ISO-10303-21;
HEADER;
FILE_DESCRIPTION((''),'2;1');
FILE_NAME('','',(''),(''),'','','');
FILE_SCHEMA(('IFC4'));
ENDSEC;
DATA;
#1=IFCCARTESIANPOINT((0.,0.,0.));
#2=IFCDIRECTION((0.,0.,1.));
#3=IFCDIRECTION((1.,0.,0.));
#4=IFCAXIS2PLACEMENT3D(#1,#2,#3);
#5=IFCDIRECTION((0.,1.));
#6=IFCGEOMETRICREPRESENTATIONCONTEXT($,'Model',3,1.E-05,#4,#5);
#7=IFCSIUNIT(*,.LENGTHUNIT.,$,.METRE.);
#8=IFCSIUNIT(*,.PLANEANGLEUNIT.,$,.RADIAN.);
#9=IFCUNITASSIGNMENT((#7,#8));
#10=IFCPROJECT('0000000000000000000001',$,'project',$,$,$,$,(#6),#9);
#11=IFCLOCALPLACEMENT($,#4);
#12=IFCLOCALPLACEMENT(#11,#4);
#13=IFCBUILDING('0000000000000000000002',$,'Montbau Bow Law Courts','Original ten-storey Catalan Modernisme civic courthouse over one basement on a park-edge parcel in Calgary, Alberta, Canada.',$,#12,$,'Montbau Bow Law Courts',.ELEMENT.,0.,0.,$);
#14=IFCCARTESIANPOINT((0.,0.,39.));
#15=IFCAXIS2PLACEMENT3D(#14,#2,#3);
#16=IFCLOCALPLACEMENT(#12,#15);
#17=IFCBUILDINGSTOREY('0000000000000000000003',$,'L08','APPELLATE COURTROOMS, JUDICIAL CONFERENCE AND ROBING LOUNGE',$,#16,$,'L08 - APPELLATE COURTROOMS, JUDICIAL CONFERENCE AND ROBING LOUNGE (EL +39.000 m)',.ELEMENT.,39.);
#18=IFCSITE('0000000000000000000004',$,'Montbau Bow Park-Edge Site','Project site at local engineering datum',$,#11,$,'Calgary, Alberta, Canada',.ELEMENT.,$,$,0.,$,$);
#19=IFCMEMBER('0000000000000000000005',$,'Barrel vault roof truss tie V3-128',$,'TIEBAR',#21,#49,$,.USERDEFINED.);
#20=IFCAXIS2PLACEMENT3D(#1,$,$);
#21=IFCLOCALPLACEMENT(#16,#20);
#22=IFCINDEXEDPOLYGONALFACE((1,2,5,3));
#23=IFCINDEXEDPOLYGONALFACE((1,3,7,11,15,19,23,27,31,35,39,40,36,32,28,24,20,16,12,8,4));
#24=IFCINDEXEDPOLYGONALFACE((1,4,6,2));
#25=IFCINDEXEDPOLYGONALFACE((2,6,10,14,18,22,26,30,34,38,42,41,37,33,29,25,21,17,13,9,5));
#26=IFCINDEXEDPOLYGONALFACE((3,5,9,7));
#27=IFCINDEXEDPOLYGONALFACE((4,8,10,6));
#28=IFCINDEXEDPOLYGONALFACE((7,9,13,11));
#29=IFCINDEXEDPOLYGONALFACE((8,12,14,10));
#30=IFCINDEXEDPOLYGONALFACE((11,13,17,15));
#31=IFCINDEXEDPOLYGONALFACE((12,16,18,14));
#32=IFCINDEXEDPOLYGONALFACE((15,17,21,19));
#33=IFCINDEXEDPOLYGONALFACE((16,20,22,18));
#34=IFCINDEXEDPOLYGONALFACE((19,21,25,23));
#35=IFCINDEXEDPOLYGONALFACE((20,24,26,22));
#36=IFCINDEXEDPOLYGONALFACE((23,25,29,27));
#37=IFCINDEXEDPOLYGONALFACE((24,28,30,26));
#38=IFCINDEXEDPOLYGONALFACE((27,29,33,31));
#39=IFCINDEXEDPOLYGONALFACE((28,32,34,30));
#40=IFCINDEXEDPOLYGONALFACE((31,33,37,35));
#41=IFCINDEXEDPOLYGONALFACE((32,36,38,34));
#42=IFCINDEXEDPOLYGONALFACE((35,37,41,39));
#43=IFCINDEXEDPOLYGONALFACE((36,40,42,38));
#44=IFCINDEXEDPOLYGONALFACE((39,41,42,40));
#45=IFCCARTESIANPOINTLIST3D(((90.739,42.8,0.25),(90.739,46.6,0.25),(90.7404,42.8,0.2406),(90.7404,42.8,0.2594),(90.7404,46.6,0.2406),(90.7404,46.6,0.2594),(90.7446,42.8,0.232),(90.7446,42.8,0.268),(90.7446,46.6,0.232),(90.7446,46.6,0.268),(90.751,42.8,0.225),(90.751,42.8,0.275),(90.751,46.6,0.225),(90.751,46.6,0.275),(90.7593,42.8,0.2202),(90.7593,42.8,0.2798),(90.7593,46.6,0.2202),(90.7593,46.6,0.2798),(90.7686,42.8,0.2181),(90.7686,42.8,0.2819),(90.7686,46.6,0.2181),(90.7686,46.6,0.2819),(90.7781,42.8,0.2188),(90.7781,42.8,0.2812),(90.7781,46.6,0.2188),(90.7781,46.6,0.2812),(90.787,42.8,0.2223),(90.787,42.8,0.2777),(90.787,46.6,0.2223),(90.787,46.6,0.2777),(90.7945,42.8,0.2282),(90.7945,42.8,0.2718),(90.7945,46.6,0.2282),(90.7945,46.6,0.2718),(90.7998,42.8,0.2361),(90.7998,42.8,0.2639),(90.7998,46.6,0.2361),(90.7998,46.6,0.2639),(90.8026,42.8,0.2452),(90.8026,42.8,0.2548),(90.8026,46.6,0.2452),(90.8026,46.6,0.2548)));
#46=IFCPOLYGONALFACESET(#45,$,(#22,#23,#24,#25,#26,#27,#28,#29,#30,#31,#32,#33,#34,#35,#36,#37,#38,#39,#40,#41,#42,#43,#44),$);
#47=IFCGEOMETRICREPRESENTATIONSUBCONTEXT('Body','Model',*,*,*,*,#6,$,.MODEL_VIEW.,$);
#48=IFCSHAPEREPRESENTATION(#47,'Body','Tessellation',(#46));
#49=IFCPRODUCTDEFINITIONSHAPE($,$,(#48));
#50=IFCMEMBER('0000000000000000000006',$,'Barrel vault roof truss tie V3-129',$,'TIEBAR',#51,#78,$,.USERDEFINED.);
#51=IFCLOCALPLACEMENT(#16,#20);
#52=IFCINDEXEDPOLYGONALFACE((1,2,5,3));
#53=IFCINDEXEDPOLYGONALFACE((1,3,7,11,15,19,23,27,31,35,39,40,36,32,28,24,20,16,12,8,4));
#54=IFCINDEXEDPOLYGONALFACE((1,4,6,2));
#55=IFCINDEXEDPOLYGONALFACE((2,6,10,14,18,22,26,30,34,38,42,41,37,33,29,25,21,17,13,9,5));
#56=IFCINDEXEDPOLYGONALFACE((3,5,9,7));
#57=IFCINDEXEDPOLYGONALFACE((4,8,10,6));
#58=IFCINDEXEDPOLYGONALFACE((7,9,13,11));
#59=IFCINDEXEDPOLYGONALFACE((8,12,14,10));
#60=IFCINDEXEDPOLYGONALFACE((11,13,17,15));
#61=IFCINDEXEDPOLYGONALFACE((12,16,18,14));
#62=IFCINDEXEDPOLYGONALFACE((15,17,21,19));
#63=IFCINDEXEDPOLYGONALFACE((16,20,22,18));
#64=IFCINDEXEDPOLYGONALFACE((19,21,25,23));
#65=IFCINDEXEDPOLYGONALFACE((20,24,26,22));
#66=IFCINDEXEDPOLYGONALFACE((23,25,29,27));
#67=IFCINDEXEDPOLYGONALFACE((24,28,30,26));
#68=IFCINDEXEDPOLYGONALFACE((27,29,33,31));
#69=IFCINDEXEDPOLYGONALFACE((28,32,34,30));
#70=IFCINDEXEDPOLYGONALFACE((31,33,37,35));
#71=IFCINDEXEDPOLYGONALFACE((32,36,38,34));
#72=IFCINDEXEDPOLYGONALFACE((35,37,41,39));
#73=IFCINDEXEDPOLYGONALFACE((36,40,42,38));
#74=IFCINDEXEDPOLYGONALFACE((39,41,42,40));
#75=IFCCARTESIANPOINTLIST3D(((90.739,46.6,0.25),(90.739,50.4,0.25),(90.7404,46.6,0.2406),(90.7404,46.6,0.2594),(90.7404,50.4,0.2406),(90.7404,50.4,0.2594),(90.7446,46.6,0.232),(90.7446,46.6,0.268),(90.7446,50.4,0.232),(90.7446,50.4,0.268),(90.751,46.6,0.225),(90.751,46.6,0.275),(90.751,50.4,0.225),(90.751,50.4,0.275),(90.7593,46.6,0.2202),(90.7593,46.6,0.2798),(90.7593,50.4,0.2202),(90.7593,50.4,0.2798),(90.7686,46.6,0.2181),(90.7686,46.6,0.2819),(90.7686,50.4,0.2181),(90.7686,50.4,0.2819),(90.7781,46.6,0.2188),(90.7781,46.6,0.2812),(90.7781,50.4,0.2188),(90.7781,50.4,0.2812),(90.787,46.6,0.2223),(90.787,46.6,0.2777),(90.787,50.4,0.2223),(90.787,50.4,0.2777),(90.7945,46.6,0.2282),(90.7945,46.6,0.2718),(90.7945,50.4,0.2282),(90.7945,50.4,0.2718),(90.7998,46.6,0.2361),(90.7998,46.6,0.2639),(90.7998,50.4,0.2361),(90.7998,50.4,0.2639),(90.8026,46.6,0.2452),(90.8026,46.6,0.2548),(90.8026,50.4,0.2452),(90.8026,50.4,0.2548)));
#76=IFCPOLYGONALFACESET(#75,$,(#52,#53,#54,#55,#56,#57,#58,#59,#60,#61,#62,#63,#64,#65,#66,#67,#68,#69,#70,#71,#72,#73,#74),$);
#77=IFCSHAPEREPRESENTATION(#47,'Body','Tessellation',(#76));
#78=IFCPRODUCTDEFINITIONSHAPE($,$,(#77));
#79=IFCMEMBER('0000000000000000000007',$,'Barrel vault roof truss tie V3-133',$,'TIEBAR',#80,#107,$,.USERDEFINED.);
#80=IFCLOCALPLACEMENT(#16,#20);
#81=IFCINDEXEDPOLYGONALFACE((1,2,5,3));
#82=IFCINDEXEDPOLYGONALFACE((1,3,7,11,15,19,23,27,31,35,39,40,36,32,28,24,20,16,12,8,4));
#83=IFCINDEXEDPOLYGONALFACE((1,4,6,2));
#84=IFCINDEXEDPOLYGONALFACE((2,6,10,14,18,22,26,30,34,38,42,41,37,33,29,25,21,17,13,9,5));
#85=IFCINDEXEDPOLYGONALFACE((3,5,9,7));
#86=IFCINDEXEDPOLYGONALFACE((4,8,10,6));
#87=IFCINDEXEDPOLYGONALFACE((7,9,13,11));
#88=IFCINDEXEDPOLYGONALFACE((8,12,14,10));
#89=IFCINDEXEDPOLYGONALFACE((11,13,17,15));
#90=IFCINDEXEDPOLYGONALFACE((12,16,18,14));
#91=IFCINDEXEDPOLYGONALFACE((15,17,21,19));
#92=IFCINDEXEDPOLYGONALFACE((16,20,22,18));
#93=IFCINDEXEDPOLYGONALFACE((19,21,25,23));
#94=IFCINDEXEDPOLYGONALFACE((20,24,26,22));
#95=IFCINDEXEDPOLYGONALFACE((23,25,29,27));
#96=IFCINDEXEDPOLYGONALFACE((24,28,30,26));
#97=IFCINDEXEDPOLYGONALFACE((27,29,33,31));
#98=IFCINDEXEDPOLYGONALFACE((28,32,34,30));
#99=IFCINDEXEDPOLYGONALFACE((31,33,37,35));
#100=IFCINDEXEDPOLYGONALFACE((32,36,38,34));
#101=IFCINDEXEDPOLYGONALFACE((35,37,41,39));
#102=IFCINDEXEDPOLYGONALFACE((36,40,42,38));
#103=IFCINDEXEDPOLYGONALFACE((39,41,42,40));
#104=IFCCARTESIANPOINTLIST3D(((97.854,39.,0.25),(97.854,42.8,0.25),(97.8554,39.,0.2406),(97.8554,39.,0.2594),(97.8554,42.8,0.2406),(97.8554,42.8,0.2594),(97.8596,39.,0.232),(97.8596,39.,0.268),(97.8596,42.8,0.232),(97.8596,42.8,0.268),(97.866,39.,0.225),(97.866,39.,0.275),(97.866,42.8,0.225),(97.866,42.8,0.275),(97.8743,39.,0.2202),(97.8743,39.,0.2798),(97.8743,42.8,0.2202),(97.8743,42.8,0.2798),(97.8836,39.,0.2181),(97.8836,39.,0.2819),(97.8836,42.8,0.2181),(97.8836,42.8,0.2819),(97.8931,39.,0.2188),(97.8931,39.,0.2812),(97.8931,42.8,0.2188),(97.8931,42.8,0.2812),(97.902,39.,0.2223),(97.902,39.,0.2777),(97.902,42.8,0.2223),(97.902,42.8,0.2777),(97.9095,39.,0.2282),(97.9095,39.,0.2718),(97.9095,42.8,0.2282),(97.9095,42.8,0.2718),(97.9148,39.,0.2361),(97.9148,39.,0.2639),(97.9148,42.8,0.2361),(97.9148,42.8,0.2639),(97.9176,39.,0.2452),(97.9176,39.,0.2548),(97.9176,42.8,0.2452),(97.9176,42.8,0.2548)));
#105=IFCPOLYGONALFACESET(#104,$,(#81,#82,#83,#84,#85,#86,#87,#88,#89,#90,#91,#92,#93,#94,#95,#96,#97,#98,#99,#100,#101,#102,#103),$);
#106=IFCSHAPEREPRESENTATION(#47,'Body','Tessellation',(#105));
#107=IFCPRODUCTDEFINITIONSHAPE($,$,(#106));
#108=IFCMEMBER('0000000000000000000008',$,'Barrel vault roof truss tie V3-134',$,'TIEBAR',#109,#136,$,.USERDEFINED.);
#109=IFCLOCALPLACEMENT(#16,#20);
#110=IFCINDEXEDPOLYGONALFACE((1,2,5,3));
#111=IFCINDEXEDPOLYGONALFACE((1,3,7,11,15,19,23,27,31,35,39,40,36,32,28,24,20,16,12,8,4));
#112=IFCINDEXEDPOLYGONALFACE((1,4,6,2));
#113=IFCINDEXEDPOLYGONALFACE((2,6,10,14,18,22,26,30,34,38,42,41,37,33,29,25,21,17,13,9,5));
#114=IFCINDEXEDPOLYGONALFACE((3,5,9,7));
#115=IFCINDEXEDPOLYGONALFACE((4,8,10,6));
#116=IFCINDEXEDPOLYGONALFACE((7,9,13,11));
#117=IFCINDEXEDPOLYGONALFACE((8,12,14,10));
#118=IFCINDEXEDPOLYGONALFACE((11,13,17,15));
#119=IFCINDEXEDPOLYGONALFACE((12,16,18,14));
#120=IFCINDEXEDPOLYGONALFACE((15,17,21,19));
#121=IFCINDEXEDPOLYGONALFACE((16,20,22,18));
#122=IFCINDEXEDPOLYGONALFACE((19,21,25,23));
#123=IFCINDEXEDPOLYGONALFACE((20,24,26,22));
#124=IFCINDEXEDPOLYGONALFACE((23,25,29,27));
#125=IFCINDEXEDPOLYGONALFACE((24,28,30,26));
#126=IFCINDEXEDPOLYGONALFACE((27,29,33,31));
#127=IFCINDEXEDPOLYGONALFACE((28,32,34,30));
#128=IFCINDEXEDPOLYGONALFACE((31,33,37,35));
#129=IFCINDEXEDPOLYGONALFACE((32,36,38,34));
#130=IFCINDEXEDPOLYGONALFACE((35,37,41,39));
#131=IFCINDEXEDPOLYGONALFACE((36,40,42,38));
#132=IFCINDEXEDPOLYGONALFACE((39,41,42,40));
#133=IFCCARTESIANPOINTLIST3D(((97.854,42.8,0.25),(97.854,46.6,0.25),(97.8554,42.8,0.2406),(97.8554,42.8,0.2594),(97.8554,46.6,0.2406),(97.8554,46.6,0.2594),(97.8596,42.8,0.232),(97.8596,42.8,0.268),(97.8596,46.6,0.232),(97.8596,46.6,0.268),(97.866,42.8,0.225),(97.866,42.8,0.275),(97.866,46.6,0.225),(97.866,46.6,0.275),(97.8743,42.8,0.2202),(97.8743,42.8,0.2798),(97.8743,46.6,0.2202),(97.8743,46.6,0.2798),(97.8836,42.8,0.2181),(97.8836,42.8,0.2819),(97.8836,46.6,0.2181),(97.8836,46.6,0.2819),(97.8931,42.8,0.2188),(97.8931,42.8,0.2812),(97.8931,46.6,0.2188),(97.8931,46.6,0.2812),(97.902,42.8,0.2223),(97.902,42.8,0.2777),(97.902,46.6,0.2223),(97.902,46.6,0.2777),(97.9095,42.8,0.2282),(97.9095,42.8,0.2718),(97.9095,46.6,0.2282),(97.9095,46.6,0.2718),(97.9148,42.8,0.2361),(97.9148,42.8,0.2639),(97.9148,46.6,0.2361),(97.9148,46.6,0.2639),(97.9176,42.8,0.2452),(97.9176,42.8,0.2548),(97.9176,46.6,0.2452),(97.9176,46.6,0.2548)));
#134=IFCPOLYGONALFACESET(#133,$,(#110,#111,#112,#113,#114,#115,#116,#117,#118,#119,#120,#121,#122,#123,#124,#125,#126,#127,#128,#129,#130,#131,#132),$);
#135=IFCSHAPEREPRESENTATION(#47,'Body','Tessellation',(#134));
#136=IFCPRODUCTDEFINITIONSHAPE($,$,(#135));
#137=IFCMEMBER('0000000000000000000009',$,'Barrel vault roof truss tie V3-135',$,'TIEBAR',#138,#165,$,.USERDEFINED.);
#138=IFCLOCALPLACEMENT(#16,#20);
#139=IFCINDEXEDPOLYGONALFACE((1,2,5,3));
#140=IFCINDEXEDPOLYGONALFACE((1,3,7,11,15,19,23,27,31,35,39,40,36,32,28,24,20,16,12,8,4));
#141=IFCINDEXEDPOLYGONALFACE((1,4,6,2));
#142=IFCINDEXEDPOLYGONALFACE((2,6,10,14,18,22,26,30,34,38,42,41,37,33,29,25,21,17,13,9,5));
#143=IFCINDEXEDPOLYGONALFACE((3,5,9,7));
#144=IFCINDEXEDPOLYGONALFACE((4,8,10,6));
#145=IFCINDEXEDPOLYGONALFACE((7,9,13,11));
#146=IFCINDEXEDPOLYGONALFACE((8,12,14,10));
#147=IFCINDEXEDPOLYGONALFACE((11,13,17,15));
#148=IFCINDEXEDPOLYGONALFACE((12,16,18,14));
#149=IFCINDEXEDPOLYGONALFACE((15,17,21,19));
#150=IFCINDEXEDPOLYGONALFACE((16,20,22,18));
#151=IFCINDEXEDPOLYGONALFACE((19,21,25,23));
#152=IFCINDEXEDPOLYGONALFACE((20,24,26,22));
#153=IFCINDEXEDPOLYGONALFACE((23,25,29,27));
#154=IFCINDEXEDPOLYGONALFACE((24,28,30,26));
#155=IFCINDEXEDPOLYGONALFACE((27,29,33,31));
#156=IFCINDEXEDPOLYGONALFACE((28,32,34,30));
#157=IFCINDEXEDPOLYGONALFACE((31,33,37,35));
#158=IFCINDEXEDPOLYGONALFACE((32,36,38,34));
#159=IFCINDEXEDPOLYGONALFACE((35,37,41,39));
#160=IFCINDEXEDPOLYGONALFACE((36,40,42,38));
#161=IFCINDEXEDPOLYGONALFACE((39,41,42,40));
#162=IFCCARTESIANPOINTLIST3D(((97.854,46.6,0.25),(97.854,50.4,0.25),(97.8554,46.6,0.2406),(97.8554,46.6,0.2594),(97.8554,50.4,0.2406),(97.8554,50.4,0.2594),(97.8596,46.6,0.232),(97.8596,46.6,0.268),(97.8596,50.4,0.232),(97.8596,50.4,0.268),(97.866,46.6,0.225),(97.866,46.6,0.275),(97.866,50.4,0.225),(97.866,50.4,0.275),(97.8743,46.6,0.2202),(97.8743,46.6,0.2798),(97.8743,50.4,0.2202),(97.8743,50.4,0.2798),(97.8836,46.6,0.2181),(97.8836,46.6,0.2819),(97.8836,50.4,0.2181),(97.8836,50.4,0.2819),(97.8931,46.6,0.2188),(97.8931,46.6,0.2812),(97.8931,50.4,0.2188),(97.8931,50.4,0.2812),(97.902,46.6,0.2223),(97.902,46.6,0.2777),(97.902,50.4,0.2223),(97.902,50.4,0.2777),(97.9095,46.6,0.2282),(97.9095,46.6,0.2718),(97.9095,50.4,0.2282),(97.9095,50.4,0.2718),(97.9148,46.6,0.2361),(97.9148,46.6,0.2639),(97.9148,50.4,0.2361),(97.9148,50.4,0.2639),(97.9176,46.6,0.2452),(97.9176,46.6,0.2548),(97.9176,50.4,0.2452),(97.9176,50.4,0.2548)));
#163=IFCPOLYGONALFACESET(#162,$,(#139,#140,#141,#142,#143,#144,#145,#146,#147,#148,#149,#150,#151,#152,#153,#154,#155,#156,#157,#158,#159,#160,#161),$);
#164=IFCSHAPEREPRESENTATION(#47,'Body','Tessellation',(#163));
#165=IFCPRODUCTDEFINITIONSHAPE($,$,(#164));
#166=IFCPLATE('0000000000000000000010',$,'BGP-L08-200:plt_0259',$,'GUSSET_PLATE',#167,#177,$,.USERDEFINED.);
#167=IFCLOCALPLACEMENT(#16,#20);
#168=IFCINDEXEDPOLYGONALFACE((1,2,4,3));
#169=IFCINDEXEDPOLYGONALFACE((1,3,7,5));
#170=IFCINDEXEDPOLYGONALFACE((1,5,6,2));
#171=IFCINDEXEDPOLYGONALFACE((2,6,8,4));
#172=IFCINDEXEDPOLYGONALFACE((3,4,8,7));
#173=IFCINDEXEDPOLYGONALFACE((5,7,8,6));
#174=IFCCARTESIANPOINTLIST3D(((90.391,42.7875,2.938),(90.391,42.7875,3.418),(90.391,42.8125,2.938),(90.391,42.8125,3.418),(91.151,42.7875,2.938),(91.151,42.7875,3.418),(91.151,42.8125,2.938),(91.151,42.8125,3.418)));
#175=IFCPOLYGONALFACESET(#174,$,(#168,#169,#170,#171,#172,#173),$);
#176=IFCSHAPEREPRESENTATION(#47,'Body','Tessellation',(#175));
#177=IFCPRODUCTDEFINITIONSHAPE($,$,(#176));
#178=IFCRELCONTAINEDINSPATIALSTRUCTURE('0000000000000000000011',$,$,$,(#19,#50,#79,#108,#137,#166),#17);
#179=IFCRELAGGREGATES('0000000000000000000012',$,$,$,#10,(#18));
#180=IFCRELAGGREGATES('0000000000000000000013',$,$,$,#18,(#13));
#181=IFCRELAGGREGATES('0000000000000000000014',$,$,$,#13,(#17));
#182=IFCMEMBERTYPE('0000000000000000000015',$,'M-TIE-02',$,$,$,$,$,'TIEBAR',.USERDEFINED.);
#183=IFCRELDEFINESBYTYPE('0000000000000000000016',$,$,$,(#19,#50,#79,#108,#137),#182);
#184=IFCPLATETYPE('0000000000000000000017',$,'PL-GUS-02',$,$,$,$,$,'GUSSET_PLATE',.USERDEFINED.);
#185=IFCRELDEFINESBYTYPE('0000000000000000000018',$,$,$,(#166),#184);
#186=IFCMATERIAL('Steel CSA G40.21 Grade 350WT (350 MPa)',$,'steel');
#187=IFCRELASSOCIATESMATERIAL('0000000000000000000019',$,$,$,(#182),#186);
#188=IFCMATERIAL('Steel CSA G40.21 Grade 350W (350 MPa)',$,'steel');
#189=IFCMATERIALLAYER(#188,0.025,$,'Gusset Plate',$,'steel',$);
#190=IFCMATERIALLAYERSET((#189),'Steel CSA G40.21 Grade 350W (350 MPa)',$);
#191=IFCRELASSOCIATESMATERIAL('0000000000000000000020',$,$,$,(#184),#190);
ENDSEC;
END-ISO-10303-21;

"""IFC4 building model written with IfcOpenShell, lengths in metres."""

from ifc_helpers import new_model, si_unit, direction, frame, origin_with_axes, origin_2d_with_axis, place, context, subcontext, project, spatial, rectangle, circle, extrude, material, layer, layer_set, material_profile, profile_set, type_object, element, save


model = new_model("IFC4")

# Units and contexts
model_context = context("Model", 3, precision=1e-05, world=origin_with_axes(), true_north=direction((0.0, 1.0)))
body_context = subcontext(model_context, "Body", "Model", "MODEL_VIEW")
ifc_project = project(units=[si_unit("LENGTHUNIT", "METRE"), si_unit("PLANEANGLEUNIT", "RADIAN")], contexts=[model_context])

# Site, building, storey
site_placement = place(None, origin_with_axes())
site = spatial("IfcSite", under=ifc_project, at=site_placement, Name="Montbau Bow Park-Edge Site", Description="Project site at local engineering datum", LongName="Calgary, Alberta, Canada", CompositionType="ELEMENT", RefElevation=0.0)
building_placement = place(site_placement, origin_with_axes())
building = spatial("IfcBuilding", under=site, at=building_placement, Name="Montbau Bow Law Courts", Description="Original ten-storey Catalan Modernisme civic courthouse over one basement on a park-edge parcel in Calgary, Alberta, Canada.", LongName="Montbau Bow Law Courts", CompositionType="ELEMENT", ElevationOfRefHeight=0.0, ElevationOfTerrain=0.0)
storey_placement = place(building_placement, frame((0.0, 0.0, 39.0), z_axis=(0.0, 0.0, 1.0), x_axis=(1.0, 0.0, 0.0)))
storey = spatial("IfcBuildingStorey", under=building, at=storey_placement, Name="L08", Description="APPELLATE COURTROOMS, JUDICIAL CONFERENCE AND ROBING LOUNGE", LongName="L08 - APPELLATE COURTROOMS, JUDICIAL CONFERENCE AND ROBING LOUNGE (EL +39.000 m)", CompositionType="ELEMENT", Elevation=39.0)

# Shared definitions
ifc_material_1 = material(Name="Steel CSA G40.21 Grade 350W (350 MPa)", Category="steel")

# Shared definitions
ifc_material_2 = material(Name="Steel CSA G40.21 Grade 350WT (350 MPa)", Category="steel")

# Members
ifc_material_profile_1 = material_profile(ifc_material_2, circle(Radius=0.032, at=origin_2d_with_axis()), Name="ROD64", Category="Main", Priority=0)
ifc_profile_set_1 = profile_set([ifc_material_profile_1], Name="Steel CSA G40.21 Grade 350WT (350 MPa)")
member_type_1 = type_object("IfcMemberType", Name="M-TIE-02", ElementType="TIEBAR", PredefinedType="USERDEFINED", material=ifc_profile_set_1)
for number, where, z_axis, x_axis, name in (
    (1, (90.771, 42.8, 39.25), (0.0, 1.0, 0.0), (-1.0, 0.0, 0.0), "Barrel vault roof truss tie V3-128"),
    (2, (90.771, 46.6, 39.25), (0.0, 1.0, 0.0), (-1.0, 0.0, 0.0), "Barrel vault roof truss tie V3-129"),
    (3, (97.886, 39.0, 39.25), (0.0, 1.0, 0.0), (-1.0, 0.0, 0.0), "Barrel vault roof truss tie V3-133"),
    (4, (97.886, 42.8, 39.25), (0.0, 1.0, 0.0), (-1.0, 0.0, 0.0), "Barrel vault roof truss tie V3-134"),
    (5, (97.886, 46.6, 39.25), (0.0, 1.0, 0.0), (-1.0, 0.0, 0.0), "Barrel vault roof truss tie V3-135"),
):
    element("IfcMember", number, at=place(None, frame(where, z_axis=z_axis, x_axis=x_axis)), inside=storey, type_object=member_type_1, Name=name, ObjectType="TIEBAR", PredefinedType="USERDEFINED", context=body_context, shape_type="SweptSolid", body=[
        extrude(circle(Radius=0.032, at=origin_2d_with_axis()), origin_with_axes(), (0.0, 0.0, 1.0), 3.8),
    ])

# Plate
ifc_layer = layer(ifc_material_1, 0.025, Name="Gusset Plate", Category="steel")
ifc_layer_set = layer_set([ifc_layer], Name="Steel CSA G40.21 Grade 350W (350 MPa)")
plate_type = type_object("IfcPlateType", Name="PL-GUS-02", ElementType="GUSSET_PLATE", PredefinedType="USERDEFINED", material=ifc_layer_set)
plate_placement = place(None, frame((90.771, 42.8, 41.938), z_axis=(0.0, 0.0, 1.0), x_axis=(1.0, 0.0, 0.0)))
element("IfcPlate", 6, at=plate_placement, inside=storey, type_object=plate_type, Name="BGP-L08-200:plt_0259", ObjectType="GUSSET_PLATE", PredefinedType="USERDEFINED", context=body_context, shape_type="SweptSolid", body=[
    extrude(rectangle(XDim=0.76, YDim=0.025, at=origin_2d_with_axis()), origin_with_axes(), (0.0, 0.0, 1.0), 0.48),
])

save(model, "model.ifc")
